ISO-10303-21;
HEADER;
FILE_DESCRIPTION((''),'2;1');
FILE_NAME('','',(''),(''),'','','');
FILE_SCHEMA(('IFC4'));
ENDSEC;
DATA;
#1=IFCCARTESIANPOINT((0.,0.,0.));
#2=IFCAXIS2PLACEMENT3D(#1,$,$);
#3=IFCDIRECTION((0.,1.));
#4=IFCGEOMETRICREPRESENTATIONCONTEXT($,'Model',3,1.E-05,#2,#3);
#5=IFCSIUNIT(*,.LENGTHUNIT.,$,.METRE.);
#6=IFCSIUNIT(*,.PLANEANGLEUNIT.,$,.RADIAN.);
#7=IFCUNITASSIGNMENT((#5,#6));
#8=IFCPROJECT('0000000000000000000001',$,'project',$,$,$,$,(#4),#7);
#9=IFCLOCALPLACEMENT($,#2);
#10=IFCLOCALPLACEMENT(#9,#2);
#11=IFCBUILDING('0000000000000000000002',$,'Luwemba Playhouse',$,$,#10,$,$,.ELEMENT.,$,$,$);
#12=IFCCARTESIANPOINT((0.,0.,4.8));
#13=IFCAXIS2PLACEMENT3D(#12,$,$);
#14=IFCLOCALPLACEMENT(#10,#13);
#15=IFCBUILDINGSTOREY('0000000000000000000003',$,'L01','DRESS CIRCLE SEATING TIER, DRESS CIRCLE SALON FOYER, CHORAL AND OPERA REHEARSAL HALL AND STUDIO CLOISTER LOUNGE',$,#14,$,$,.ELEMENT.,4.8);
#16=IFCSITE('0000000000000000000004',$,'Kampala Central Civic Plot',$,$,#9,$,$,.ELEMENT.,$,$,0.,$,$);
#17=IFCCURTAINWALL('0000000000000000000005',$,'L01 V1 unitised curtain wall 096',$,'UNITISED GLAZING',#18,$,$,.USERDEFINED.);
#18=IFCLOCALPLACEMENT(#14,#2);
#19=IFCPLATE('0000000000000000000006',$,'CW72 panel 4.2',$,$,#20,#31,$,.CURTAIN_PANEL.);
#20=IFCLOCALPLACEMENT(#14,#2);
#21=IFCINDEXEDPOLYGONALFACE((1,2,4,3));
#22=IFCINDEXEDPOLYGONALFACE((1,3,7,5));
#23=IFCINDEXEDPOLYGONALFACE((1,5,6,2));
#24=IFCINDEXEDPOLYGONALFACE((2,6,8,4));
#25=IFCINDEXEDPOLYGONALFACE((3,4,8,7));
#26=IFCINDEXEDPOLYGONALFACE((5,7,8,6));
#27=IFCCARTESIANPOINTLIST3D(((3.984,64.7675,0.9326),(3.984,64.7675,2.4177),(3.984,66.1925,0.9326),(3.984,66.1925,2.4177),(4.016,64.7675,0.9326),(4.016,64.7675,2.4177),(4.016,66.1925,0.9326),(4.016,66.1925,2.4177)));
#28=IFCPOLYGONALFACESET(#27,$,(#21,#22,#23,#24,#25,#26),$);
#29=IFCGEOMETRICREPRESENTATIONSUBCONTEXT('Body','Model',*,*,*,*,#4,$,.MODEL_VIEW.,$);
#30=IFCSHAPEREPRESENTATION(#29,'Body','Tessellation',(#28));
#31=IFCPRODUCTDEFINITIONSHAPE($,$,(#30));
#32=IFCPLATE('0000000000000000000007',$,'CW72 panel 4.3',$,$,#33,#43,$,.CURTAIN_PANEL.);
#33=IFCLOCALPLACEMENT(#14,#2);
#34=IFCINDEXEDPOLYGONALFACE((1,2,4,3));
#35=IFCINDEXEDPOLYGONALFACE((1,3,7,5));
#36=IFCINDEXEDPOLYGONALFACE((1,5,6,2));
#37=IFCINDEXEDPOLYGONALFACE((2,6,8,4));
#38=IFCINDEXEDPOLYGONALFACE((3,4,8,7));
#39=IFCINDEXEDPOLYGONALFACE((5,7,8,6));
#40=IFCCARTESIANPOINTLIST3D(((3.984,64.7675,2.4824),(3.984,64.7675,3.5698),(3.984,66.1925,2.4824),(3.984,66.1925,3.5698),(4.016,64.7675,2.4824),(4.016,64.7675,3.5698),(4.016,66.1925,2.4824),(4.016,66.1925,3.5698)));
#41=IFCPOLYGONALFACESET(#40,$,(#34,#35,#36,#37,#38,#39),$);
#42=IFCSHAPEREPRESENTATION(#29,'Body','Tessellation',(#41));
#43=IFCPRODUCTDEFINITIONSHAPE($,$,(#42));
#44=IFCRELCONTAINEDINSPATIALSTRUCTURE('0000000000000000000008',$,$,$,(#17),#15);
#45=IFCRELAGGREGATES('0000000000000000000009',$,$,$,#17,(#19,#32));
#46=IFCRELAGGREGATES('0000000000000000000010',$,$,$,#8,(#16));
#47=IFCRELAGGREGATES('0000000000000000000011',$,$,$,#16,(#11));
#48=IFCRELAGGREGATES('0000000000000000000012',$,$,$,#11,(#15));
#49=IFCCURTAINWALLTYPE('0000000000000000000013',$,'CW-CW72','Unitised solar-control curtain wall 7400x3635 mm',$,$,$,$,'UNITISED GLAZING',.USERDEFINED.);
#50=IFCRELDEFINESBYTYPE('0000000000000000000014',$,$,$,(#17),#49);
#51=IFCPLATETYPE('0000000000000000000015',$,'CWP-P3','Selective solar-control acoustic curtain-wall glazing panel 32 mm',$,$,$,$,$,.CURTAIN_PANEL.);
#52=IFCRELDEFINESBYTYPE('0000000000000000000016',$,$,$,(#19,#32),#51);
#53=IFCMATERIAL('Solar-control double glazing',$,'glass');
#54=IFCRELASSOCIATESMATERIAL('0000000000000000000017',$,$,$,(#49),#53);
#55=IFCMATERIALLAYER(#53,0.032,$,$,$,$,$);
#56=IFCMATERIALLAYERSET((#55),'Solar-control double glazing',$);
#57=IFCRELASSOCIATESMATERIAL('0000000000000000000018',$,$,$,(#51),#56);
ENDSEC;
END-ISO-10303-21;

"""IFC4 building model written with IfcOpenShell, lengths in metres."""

from ifc_helpers import new_model, si_unit, direction, frame, origin, origin_2d, place, context, subcontext, project, spatial, rectangle, extrude, material, layer, layer_set, type_object, element, aggregate, save


model = new_model("IFC4")

# Units and contexts
model_context = context("Model", 3, precision=1e-05, world=origin(), true_north=direction((0.0, 1.0)))
body_context = subcontext(model_context, "Body", "Model", "MODEL_VIEW")
ifc_project = project(units=[si_unit("LENGTHUNIT", "METRE"), si_unit("PLANEANGLEUNIT", "RADIAN")], contexts=[model_context])

# Site, building, storey
site_placement = place(None, origin())
site = spatial("IfcSite", under=ifc_project, at=site_placement, Name="Kampala Central Civic Plot", CompositionType="ELEMENT", RefElevation=0.0)
building_placement = place(site_placement, origin())
building = spatial("IfcBuilding", under=site, at=building_placement, Name="Luwemba Playhouse", CompositionType="ELEMENT")
storey_placement = place(building_placement, frame((0.0, 0.0, 4.8)))
storey = spatial("IfcBuildingStorey", under=building, at=storey_placement, Name="L01", Description="DRESS CIRCLE SEATING TIER, DRESS CIRCLE SALON FOYER, CHORAL AND OPERA REHEARSAL HALL AND STUDIO CLOISTER LOUNGE", CompositionType="ELEMENT", Elevation=4.8)

# Curtain wall, plates
ifc_material_1 = material(Name="Solar-control double glazing", Category="glass")
curtain_wall_type = type_object("IfcCurtainWallType", Name="CW-CW72", Description="Unitised solar-control curtain wall 7400x3635 mm", ElementType="UNITISED GLAZING", PredefinedType="USERDEFINED", material=ifc_material_1)
curtain_wall_placement = place(storey_placement, origin())
curtain_wall = element("IfcCurtainWall", 1, at=curtain_wall_placement, inside=storey, type_object=curtain_wall_type, Name="L01 V1 unitised curtain wall 096", ObjectType="UNITISED GLAZING", PredefinedType="USERDEFINED")
ifc_layer = layer(ifc_material_1, 0.032)
ifc_layer_set = layer_set([ifc_layer], Name="Solar-control double glazing")
plate_type = type_object("IfcPlateType", Name="CWP-P3", Description="Selective solar-control acoustic curtain-wall glazing panel 32 mm", PredefinedType="CURTAIN_PANEL", material=ifc_layer_set)
plate_1_placement = place(storey_placement, frame((4.0, 65.48, 0.9326), z_axis=(0.0, 0.0, 1.0), x_axis=(0.0, 1.0, 0.0)))
plate_1 = element("IfcPlate", 2, at=plate_1_placement, type_object=plate_type, Name="CW72 panel 4.2", PredefinedType="CURTAIN_PANEL", context=body_context, shape_type="SweptSolid", body=[
    extrude(rectangle(XDim=1.425, YDim=0.032, at=origin_2d()), origin(), (0.0, 0.0, 1.0), 1.4851),
])
plate_2_placement = place(storey_placement, frame((4.0, 65.48, 2.4824), z_axis=(0.0, 0.0, 1.0), x_axis=(0.0, 1.0, 0.0)))
plate_2 = element("IfcPlate", 3, at=plate_2_placement, type_object=plate_type, Name="CW72 panel 4.3", PredefinedType="CURTAIN_PANEL", context=body_context, shape_type="SweptSolid", body=[
    extrude(rectangle(XDim=1.425, YDim=0.032, at=origin_2d()), origin(), (0.0, 0.0, 1.0), 1.0874),
])
aggregate(curtain_wall, [plate_1, plate_2])

save(model, "model.ifc")
